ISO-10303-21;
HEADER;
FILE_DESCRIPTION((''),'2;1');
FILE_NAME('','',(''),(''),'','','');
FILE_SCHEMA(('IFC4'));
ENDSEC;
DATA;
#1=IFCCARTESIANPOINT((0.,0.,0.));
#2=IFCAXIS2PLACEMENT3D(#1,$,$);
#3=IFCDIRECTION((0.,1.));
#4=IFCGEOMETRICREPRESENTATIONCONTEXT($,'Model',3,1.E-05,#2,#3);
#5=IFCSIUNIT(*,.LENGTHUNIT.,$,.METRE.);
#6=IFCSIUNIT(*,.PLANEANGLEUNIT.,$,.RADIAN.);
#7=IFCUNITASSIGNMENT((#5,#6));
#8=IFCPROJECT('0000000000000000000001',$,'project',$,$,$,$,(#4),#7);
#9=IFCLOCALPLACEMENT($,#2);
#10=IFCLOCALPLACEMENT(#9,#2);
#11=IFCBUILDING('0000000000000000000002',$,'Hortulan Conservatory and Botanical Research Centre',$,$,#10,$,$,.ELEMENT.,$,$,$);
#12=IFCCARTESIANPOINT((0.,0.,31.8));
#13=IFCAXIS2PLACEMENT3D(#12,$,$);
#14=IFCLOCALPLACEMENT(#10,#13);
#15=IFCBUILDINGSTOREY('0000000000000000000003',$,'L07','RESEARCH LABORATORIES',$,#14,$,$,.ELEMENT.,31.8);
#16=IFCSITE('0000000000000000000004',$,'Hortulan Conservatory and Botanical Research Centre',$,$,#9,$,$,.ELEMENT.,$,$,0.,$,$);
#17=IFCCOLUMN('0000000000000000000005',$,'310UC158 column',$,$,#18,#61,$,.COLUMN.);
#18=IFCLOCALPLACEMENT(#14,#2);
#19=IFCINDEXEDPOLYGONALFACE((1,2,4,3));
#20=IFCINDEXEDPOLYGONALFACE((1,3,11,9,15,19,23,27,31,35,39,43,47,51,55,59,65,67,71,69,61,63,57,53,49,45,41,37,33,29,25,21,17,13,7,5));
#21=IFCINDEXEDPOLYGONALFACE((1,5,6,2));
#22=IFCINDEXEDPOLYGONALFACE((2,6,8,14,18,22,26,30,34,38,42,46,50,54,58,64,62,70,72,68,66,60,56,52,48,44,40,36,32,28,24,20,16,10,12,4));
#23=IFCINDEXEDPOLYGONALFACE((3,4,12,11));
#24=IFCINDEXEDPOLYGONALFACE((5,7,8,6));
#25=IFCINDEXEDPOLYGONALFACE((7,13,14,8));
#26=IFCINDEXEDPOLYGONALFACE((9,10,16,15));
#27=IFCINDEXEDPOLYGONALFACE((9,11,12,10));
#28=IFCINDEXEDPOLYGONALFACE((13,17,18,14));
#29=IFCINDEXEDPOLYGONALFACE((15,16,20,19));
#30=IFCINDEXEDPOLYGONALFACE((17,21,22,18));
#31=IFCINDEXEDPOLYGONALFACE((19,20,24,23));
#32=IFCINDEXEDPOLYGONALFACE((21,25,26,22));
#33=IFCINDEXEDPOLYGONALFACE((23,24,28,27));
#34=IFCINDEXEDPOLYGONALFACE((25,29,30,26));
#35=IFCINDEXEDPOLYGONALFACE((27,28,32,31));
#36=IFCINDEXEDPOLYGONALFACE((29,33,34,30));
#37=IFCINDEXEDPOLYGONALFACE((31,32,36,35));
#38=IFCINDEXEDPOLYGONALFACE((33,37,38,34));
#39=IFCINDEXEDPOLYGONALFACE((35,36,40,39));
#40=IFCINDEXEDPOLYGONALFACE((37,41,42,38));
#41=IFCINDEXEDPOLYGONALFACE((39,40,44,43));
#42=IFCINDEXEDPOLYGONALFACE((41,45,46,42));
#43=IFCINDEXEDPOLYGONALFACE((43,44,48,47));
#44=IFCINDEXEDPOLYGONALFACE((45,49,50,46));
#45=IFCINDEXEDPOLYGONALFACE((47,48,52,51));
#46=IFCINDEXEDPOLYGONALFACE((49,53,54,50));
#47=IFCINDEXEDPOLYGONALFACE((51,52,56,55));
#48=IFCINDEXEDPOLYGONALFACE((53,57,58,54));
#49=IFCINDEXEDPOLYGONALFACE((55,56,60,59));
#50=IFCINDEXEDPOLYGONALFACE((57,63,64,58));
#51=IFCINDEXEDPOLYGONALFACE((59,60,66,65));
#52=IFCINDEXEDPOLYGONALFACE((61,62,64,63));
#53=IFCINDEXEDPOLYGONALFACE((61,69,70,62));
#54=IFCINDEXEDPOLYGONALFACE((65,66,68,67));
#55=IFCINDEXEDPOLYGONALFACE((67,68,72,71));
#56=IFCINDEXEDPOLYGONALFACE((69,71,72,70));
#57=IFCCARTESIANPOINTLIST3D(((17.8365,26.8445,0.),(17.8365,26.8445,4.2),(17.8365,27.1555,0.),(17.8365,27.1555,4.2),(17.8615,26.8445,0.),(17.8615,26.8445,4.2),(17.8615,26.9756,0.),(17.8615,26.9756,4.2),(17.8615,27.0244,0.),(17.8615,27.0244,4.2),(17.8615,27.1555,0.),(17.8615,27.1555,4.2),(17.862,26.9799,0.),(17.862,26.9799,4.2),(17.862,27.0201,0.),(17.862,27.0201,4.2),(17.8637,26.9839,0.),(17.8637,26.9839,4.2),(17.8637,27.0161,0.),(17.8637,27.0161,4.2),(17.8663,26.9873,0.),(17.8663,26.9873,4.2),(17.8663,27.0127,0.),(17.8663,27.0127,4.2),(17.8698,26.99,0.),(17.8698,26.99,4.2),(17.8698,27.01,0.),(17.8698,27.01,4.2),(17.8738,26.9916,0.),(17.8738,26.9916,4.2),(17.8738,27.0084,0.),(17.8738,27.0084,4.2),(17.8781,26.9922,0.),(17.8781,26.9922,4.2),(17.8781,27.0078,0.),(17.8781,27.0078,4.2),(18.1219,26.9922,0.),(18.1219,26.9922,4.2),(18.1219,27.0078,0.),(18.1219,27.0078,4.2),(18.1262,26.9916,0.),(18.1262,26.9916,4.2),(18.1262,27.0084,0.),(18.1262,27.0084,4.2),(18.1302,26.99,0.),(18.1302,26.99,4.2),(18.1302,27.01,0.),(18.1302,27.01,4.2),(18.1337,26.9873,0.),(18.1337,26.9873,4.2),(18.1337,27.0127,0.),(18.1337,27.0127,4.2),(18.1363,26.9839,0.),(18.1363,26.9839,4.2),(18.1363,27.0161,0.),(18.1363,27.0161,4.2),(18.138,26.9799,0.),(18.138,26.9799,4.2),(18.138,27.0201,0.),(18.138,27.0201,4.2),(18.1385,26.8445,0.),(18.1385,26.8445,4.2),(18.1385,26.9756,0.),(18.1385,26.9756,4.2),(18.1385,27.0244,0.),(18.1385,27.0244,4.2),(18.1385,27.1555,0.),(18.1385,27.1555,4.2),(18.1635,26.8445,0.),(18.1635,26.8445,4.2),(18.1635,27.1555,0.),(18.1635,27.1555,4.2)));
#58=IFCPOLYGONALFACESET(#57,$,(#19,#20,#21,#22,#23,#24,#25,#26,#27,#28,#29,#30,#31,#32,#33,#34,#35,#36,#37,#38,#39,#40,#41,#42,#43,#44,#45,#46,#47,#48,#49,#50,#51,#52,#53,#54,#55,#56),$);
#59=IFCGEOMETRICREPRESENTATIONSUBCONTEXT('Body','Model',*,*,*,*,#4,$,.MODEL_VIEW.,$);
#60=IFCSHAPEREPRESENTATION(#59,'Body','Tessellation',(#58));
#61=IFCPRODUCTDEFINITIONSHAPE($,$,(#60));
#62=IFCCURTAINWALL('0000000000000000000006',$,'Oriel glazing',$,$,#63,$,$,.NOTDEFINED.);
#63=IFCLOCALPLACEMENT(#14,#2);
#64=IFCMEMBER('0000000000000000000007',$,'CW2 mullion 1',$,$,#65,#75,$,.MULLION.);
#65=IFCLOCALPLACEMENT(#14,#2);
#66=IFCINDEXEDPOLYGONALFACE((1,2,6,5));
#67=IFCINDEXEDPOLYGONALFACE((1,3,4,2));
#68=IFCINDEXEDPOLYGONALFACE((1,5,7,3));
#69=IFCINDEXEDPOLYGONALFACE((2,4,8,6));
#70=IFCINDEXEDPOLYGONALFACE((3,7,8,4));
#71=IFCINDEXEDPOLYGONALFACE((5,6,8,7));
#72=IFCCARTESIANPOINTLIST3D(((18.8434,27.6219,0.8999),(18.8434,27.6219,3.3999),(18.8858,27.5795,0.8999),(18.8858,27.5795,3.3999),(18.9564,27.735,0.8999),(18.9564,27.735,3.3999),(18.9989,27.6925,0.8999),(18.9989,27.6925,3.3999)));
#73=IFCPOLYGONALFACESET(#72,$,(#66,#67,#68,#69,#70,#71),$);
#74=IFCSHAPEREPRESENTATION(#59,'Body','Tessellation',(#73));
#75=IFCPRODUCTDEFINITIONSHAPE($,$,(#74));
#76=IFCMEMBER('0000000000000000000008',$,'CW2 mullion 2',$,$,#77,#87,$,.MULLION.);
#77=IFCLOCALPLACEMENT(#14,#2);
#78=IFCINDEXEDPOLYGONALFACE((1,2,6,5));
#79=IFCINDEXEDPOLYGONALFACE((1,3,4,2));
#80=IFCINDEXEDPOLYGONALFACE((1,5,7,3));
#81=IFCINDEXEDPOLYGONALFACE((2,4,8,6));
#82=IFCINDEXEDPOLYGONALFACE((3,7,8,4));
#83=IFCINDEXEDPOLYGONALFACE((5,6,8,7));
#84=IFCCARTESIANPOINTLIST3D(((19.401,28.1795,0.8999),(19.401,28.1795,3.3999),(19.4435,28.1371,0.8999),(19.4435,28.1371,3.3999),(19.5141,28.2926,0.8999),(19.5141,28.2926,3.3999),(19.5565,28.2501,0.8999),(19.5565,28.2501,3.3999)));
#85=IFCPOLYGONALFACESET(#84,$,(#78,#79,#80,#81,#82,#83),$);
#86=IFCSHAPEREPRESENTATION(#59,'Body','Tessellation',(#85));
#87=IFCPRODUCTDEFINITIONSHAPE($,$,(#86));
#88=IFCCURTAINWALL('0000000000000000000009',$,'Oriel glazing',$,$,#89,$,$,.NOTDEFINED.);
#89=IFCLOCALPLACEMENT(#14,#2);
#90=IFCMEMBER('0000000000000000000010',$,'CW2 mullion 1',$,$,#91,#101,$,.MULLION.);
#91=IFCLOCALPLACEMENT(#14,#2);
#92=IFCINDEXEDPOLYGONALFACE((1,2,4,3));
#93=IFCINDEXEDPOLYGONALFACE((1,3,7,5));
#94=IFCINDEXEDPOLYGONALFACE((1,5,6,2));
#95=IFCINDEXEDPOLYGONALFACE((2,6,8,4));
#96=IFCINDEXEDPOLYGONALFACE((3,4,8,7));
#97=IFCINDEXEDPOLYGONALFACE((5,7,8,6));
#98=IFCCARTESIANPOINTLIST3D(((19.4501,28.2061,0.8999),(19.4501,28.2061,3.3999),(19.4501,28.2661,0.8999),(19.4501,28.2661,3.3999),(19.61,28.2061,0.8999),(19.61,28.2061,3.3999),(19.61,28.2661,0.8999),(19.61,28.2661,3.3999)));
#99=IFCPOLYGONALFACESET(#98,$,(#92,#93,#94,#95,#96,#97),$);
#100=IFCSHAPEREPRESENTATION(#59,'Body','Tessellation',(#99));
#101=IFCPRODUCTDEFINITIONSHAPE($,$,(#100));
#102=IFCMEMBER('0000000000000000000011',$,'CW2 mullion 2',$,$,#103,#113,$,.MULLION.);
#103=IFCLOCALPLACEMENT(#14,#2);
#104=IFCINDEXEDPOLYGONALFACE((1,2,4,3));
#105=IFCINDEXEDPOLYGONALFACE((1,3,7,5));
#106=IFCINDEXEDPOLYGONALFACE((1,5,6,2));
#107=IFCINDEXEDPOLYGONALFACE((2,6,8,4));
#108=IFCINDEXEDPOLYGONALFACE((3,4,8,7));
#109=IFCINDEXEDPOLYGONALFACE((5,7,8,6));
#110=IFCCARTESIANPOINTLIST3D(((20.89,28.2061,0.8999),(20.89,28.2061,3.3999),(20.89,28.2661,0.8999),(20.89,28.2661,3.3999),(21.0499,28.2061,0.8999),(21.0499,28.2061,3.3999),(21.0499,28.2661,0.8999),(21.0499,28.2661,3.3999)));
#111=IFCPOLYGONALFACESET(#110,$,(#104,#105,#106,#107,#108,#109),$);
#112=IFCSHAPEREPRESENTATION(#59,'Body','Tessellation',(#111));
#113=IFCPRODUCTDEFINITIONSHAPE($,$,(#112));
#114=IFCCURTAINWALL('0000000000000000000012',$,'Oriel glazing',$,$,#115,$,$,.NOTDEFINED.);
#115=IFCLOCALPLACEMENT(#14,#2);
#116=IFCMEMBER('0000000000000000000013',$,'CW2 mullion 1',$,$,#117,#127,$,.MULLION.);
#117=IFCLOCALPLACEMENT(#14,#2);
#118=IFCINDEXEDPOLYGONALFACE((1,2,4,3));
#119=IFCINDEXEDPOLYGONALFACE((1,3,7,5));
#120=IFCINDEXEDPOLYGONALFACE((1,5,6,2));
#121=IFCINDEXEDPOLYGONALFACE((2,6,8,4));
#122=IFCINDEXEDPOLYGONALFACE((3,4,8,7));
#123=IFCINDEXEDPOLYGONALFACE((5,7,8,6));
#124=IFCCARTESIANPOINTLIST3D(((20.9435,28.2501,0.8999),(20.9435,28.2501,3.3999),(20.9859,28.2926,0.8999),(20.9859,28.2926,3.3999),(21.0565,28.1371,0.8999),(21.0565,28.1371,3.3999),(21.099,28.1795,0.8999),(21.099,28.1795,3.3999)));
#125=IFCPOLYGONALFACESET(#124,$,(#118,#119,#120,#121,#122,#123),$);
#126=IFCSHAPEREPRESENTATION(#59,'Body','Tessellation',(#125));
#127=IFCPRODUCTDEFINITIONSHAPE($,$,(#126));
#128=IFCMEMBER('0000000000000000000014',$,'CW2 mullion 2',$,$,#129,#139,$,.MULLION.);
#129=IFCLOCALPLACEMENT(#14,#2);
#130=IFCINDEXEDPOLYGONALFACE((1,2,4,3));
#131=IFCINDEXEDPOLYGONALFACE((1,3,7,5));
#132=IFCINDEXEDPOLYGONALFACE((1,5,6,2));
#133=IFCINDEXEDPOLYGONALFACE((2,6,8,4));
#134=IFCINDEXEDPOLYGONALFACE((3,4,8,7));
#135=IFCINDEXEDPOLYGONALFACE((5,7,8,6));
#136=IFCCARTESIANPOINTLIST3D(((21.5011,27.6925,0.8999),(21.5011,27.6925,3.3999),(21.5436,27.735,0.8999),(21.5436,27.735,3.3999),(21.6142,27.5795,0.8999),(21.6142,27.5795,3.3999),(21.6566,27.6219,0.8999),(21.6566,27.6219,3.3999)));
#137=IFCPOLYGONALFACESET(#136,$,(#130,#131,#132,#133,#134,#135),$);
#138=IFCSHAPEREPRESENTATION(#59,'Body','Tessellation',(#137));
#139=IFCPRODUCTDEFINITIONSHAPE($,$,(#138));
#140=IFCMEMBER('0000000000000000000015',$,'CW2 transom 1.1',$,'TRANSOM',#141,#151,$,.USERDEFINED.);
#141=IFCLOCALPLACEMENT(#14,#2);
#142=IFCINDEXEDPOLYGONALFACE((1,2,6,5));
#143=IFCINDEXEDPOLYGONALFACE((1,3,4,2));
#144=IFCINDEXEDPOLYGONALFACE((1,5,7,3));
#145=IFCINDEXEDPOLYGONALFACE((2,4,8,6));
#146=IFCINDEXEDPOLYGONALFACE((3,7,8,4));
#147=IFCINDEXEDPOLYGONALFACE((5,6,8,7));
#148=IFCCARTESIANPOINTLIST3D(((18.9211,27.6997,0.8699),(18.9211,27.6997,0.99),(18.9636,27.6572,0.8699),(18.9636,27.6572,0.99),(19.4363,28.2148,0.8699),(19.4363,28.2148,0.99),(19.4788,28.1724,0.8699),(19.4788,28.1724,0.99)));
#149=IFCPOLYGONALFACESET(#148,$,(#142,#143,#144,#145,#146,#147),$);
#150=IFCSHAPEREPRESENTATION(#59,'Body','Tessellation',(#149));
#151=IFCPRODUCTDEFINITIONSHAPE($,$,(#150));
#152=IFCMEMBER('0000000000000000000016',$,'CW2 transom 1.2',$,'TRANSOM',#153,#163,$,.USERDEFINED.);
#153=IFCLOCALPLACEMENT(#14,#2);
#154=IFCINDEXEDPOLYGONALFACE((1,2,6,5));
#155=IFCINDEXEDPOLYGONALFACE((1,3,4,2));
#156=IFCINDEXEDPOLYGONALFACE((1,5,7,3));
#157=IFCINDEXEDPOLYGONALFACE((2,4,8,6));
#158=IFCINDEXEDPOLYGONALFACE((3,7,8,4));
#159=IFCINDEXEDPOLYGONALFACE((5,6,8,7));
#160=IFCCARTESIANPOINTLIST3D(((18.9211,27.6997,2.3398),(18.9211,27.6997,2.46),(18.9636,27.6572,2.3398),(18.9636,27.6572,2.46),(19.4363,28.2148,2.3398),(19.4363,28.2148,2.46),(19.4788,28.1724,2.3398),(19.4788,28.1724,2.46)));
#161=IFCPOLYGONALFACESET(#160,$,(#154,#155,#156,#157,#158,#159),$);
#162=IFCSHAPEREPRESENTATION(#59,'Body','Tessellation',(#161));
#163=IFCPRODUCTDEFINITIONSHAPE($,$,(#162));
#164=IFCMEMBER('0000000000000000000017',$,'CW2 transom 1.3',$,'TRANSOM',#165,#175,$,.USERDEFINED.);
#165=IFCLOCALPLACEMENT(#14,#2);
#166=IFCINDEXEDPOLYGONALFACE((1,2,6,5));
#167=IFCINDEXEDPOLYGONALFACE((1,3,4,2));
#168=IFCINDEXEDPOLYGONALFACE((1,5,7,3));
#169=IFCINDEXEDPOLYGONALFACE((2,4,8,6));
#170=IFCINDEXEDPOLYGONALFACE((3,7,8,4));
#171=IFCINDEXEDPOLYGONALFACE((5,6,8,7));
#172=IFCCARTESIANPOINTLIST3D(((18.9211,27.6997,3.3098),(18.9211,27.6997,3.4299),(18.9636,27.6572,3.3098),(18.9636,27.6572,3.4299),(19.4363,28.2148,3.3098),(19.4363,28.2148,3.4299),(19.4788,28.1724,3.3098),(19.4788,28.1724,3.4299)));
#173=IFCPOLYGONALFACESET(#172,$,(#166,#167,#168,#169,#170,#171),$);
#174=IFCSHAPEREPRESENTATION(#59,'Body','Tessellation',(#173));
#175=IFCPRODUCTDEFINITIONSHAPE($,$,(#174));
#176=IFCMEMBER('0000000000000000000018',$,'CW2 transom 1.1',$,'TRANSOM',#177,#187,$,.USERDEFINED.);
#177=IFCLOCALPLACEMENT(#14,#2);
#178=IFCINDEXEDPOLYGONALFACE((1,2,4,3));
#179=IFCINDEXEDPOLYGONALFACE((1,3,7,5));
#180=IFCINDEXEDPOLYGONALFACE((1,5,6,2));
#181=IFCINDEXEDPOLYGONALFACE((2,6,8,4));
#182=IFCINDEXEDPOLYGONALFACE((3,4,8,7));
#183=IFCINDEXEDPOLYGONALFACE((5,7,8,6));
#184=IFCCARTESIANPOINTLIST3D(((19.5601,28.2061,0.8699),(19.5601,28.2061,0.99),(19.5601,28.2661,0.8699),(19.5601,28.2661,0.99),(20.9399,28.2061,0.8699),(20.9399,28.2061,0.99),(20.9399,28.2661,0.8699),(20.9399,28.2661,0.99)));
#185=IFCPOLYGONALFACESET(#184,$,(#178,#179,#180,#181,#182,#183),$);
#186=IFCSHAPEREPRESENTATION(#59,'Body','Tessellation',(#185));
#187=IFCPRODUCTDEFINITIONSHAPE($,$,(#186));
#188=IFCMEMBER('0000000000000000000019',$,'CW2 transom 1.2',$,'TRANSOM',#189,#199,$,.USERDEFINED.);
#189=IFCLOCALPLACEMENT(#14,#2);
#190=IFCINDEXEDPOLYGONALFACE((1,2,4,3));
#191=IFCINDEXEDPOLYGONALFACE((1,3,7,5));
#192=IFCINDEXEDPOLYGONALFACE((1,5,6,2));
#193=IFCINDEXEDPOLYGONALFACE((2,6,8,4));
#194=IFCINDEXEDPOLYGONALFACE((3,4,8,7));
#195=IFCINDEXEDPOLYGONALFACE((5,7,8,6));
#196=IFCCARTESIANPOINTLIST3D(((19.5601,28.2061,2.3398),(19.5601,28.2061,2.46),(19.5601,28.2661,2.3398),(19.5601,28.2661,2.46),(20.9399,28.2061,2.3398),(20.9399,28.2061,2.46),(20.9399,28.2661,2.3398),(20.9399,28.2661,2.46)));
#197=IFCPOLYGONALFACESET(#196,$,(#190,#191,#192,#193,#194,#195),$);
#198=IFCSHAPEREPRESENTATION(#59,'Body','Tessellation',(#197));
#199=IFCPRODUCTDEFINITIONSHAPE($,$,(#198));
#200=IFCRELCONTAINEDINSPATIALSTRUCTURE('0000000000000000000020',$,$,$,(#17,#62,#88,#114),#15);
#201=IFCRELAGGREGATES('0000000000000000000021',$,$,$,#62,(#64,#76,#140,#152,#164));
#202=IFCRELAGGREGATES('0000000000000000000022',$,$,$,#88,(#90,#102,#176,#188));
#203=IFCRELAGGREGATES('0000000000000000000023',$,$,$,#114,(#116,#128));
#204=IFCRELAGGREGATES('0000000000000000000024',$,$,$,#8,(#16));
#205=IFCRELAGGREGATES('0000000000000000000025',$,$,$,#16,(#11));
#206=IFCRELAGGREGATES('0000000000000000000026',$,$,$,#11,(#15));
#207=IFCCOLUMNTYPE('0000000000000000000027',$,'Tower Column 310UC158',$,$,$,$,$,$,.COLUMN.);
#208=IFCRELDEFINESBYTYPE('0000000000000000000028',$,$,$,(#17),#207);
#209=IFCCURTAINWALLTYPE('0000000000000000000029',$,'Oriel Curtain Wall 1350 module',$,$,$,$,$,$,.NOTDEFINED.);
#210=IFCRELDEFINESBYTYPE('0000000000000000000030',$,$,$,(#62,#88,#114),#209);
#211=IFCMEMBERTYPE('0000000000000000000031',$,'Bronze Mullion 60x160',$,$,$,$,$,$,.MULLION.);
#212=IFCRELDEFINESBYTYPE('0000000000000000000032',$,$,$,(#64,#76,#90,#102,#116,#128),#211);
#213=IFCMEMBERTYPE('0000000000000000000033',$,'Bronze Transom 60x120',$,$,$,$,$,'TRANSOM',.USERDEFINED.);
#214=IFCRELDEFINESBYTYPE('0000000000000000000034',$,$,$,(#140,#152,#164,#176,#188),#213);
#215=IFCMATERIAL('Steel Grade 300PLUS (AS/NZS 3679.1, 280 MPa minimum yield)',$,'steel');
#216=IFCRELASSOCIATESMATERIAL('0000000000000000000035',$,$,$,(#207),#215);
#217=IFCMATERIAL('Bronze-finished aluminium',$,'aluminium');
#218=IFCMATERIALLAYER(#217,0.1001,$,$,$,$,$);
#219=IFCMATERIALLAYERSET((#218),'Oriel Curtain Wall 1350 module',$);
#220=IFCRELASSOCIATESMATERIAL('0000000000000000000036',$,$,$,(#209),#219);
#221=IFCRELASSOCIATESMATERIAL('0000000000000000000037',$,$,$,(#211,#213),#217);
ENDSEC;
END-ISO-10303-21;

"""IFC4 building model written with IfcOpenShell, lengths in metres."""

from ifc_helpers import new_model, si_unit, direction, frame, origin, origin_2d, place, context, subcontext, project, spatial, rectangle, i_section, extrude, material, layer, layer_set, material_profile, profile_set, type_object, element, aggregate, save


model = new_model("IFC4")

# Units and contexts
model_context = context("Model", 3, precision=1e-05, world=origin(), true_north=direction((0.0, 1.0)))
body_context = subcontext(model_context, "Body", "Model", "MODEL_VIEW")
ifc_project = project(units=[si_unit("LENGTHUNIT", "METRE"), si_unit("PLANEANGLEUNIT", "RADIAN")], contexts=[model_context])

# Site, building, storey
site_placement = place(None, origin())
site = spatial("IfcSite", under=ifc_project, at=site_placement, Name="Hortulan Conservatory and Botanical Research Centre", CompositionType="ELEMENT", RefElevation=0.0)
building_placement = place(site_placement, origin())
building = spatial("IfcBuilding", under=site, at=building_placement, Name="Hortulan Conservatory and Botanical Research Centre", CompositionType="ELEMENT")
storey_placement = place(building_placement, frame((0.0, 0.0, 31.8)))
storey = spatial("IfcBuildingStorey", under=building, at=storey_placement, Name="L07", Description="RESEARCH LABORATORIES", CompositionType="ELEMENT", Elevation=31.8)

# Column
ifc_material_1 = material(Name="Steel Grade 300PLUS (AS/NZS 3679.1, 280 MPa minimum yield)", Category="steel")
ifc_material_profile_1 = material_profile(ifc_material_1, i_section(OverallWidth=0.311, OverallDepth=0.3269, WebThickness=0.0156, FlangeThickness=0.0249, FilletRadius=0.0166, at=origin_2d()), Name="310UC158")
ifc_profile_set_1 = profile_set([ifc_material_profile_1], Name="Steel Grade 300PLUS (AS/NZS 3679.1, 280 MPa minimum yield)")
column_type = type_object("IfcColumnType", Name="Tower Column 310UC158", PredefinedType="COLUMN", material=ifc_profile_set_1)
column_placement = place(storey_placement, frame((18.0, 27.0, 0.0), z_axis=(0.0, 0.0, 1.0), x_axis=(0.0, 1.0, 0.0)))
element("IfcColumn", 1, at=column_placement, inside=storey, type_object=column_type, Name="310UC158 column", PredefinedType="COLUMN", context=body_context, shape_type="SweptSolid", body=[
    extrude(i_section(OverallWidth=0.311, OverallDepth=0.3269, WebThickness=0.0156, FlangeThickness=0.0249, FilletRadius=0.0166, at=origin_2d()), origin(), (0.0, 0.0, 1.0), 4.2),
])

# Curtain walls, members
ifc_material_2 = material(Name="Bronze-finished aluminium", Category="aluminium")
ifc_layer_1 = layer(ifc_material_2, 0.1001)
ifc_layer_set_1 = layer_set([ifc_layer_1], Name="Oriel Curtain Wall 1350 module")
curtain_wall_type = type_object("IfcCurtainWallType", Name="Oriel Curtain Wall 1350 module", PredefinedType="NOTDEFINED", material=ifc_layer_set_1)
curtain_wall_1_placement = place(storey_placement, origin())
curtain_wall_1 = element("IfcCurtainWall", 2, at=curtain_wall_1_placement, inside=storey, type_object=curtain_wall_type, Name="Oriel glazing", PredefinedType="NOTDEFINED")
ifc_material_profile_2 = material_profile(ifc_material_2, rectangle(XDim=0.0601, YDim=0.1599, at=origin_2d()), Name="Bronze Mullion 60x160")
ifc_profile_set_2 = profile_set([ifc_material_profile_2], Name="Bronze-finished aluminium")
member_type_1 = type_object("IfcMemberType", Name="Bronze Mullion 60x160", PredefinedType="MULLION", material=ifc_profile_set_2)
member_1_placement = place(storey_placement, frame((18.9211, 27.6572, 0.8999), z_axis=(0.0, 0.0, 1.0), x_axis=(-0.707107, 0.707107, 0.0)))
member_1 = element("IfcMember", 3, at=member_1_placement, type_object=member_type_1, Name="CW2 mullion 1", PredefinedType="MULLION", context=body_context, shape_type="SweptSolid", body=[
    extrude(rectangle(XDim=0.0601, YDim=0.1599, at=origin_2d()), origin(), (0.0, 0.0, 1.0), 2.5),
])
member_2_placement = place(storey_placement, frame((19.4788, 28.2148, 0.8999), z_axis=(0.0, 0.0, 1.0), x_axis=(-0.707107, 0.707107, 0.0)))
member_2 = element("IfcMember", 4, at=member_2_placement, type_object=member_type_1, Name="CW2 mullion 2", PredefinedType="MULLION", context=body_context, shape_type="SweptSolid", body=[
    extrude(rectangle(XDim=0.0601, YDim=0.1599, at=origin_2d()), origin(), (0.0, 0.0, 1.0), 2.5),
])
curtain_wall_2_placement = place(storey_placement, origin())
curtain_wall_2 = element("IfcCurtainWall", 5, at=curtain_wall_2_placement, inside=storey, type_object=curtain_wall_type, Name="Oriel glazing", PredefinedType="NOTDEFINED")
member_3_placement = place(storey_placement, frame((19.53, 28.2361, 0.8999), z_axis=(0.0, 0.0, 1.0), x_axis=(0.0, 1.0, 0.0)))
member_3 = element("IfcMember", 6, at=member_3_placement, type_object=member_type_1, Name="CW2 mullion 1", PredefinedType="MULLION", context=body_context, shape_type="SweptSolid", body=[
    extrude(rectangle(XDim=0.0601, YDim=0.1599, at=origin_2d()), origin(), (0.0, 0.0, 1.0), 2.5),
])
member_4_placement = place(storey_placement, frame((20.97, 28.2361, 0.8999), z_axis=(0.0, 0.0, 1.0), x_axis=(0.0, 1.0, 0.0)))
member_4 = element("IfcMember", 7, at=member_4_placement, type_object=member_type_1, Name="CW2 mullion 2", PredefinedType="MULLION", context=body_context, shape_type="SweptSolid", body=[
    extrude(rectangle(XDim=0.0601, YDim=0.1599, at=origin_2d()), origin(), (0.0, 0.0, 1.0), 2.5),
])
curtain_wall_3_placement = place(storey_placement, origin())
curtain_wall_3 = element("IfcCurtainWall", 8, at=curtain_wall_3_placement, inside=storey, type_object=curtain_wall_type, Name="Oriel glazing", PredefinedType="NOTDEFINED")
member_5_placement = place(storey_placement, frame((21.0212, 28.2148, 0.8999), z_axis=(0.0, 0.0, 1.0), x_axis=(0.707107, 0.707107, 0.0)))
member_5 = element("IfcMember", 9, at=member_5_placement, type_object=member_type_1, Name="CW2 mullion 1", PredefinedType="MULLION", context=body_context, shape_type="SweptSolid", body=[
    extrude(rectangle(XDim=0.0601, YDim=0.1599, at=origin_2d()), origin(), (0.0, 0.0, 1.0), 2.5),
])
member_6_placement = place(storey_placement, frame((21.5789, 27.6572, 0.8999), z_axis=(0.0, 0.0, 1.0), x_axis=(0.707107, 0.707107, 0.0)))
member_6 = element("IfcMember", 10, at=member_6_placement, type_object=member_type_1, Name="CW2 mullion 2", PredefinedType="MULLION", context=body_context, shape_type="SweptSolid", body=[
    extrude(rectangle(XDim=0.0601, YDim=0.1599, at=origin_2d()), origin(), (0.0, 0.0, 1.0), 2.5),
])

# Members
ifc_material_profile_3 = material_profile(ifc_material_2, rectangle(XDim=0.0601, YDim=0.1201, at=origin_2d()), Name="Bronze Transom 60x120")
ifc_profile_set_3 = profile_set([ifc_material_profile_3], Name="Bronze-finished aluminium")
member_type_2 = type_object("IfcMemberType", Name="Bronze Transom 60x120", ElementType="TRANSOM", PredefinedType="USERDEFINED", material=ifc_profile_set_3)
member_7_placement = place(storey_placement, frame((18.9424, 27.6785, 0.9299), z_axis=(0.707107, 0.707107, 0.0), x_axis=(-0.707107, 0.707107, 0.0)))
member_7 = element("IfcMember", 11, at=member_7_placement, type_object=member_type_2, Name="CW2 transom 1.1", ObjectType="TRANSOM", PredefinedType="USERDEFINED", context=body_context, shape_type="SweptSolid", body=[
    extrude(rectangle(XDim=0.0601, YDim=0.1201, at=origin_2d()), origin(), (0.0, 0.0, 1.0), 0.7285),
])
member_8_placement = place(storey_placement, frame((18.9424, 27.6785, 2.3999), z_axis=(0.707107, 0.707107, 0.0), x_axis=(-0.707107, 0.707107, 0.0)))
member_8 = element("IfcMember", 12, at=member_8_placement, type_object=member_type_2, Name="CW2 transom 1.2", ObjectType="TRANSOM", PredefinedType="USERDEFINED", context=body_context, shape_type="SweptSolid", body=[
    extrude(rectangle(XDim=0.0601, YDim=0.1201, at=origin_2d()), origin(), (0.0, 0.0, 1.0), 0.7285),
])
member_9_placement = place(storey_placement, frame((18.9424, 27.6785, 3.3699), z_axis=(0.707107, 0.707107, 0.0), x_axis=(-0.707107, 0.707107, 0.0)))
member_9 = element("IfcMember", 13, at=member_9_placement, type_object=member_type_2, Name="CW2 transom 1.3", ObjectType="TRANSOM", PredefinedType="USERDEFINED", context=body_context, shape_type="SweptSolid", body=[
    extrude(rectangle(XDim=0.0601, YDim=0.1201, at=origin_2d()), origin(), (0.0, 0.0, 1.0), 0.7285),
])
member_10_placement = place(storey_placement, frame((19.5601, 28.2361, 0.9299), z_axis=(1.0, 0.0, 0.0), x_axis=(0.0, 1.0, 0.0)))
member_10 = element("IfcMember", 14, at=member_10_placement, type_object=member_type_2, Name="CW2 transom 1.1", ObjectType="TRANSOM", PredefinedType="USERDEFINED", context=body_context, shape_type="SweptSolid", body=[
    extrude(rectangle(XDim=0.0601, YDim=0.1201, at=origin_2d()), origin(), (0.0, 0.0, 1.0), 1.3799),
])
member_11_placement = place(storey_placement, frame((19.5601, 28.2361, 2.3999), z_axis=(1.0, 0.0, 0.0), x_axis=(0.0, 1.0, 0.0)))
member_11 = element("IfcMember", 15, at=member_11_placement, type_object=member_type_2, Name="CW2 transom 1.2", ObjectType="TRANSOM", PredefinedType="USERDEFINED", context=body_context, shape_type="SweptSolid", body=[
    extrude(rectangle(XDim=0.0601, YDim=0.1201, at=origin_2d()), origin(), (0.0, 0.0, 1.0), 1.3799),
])

aggregate(curtain_wall_1, [member_1, member_2, member_7, member_8, member_9])
aggregate(curtain_wall_2, [member_3, member_4, member_10, member_11])
aggregate(curtain_wall_3, [member_5, member_6])

save(model, "model.ifc")
